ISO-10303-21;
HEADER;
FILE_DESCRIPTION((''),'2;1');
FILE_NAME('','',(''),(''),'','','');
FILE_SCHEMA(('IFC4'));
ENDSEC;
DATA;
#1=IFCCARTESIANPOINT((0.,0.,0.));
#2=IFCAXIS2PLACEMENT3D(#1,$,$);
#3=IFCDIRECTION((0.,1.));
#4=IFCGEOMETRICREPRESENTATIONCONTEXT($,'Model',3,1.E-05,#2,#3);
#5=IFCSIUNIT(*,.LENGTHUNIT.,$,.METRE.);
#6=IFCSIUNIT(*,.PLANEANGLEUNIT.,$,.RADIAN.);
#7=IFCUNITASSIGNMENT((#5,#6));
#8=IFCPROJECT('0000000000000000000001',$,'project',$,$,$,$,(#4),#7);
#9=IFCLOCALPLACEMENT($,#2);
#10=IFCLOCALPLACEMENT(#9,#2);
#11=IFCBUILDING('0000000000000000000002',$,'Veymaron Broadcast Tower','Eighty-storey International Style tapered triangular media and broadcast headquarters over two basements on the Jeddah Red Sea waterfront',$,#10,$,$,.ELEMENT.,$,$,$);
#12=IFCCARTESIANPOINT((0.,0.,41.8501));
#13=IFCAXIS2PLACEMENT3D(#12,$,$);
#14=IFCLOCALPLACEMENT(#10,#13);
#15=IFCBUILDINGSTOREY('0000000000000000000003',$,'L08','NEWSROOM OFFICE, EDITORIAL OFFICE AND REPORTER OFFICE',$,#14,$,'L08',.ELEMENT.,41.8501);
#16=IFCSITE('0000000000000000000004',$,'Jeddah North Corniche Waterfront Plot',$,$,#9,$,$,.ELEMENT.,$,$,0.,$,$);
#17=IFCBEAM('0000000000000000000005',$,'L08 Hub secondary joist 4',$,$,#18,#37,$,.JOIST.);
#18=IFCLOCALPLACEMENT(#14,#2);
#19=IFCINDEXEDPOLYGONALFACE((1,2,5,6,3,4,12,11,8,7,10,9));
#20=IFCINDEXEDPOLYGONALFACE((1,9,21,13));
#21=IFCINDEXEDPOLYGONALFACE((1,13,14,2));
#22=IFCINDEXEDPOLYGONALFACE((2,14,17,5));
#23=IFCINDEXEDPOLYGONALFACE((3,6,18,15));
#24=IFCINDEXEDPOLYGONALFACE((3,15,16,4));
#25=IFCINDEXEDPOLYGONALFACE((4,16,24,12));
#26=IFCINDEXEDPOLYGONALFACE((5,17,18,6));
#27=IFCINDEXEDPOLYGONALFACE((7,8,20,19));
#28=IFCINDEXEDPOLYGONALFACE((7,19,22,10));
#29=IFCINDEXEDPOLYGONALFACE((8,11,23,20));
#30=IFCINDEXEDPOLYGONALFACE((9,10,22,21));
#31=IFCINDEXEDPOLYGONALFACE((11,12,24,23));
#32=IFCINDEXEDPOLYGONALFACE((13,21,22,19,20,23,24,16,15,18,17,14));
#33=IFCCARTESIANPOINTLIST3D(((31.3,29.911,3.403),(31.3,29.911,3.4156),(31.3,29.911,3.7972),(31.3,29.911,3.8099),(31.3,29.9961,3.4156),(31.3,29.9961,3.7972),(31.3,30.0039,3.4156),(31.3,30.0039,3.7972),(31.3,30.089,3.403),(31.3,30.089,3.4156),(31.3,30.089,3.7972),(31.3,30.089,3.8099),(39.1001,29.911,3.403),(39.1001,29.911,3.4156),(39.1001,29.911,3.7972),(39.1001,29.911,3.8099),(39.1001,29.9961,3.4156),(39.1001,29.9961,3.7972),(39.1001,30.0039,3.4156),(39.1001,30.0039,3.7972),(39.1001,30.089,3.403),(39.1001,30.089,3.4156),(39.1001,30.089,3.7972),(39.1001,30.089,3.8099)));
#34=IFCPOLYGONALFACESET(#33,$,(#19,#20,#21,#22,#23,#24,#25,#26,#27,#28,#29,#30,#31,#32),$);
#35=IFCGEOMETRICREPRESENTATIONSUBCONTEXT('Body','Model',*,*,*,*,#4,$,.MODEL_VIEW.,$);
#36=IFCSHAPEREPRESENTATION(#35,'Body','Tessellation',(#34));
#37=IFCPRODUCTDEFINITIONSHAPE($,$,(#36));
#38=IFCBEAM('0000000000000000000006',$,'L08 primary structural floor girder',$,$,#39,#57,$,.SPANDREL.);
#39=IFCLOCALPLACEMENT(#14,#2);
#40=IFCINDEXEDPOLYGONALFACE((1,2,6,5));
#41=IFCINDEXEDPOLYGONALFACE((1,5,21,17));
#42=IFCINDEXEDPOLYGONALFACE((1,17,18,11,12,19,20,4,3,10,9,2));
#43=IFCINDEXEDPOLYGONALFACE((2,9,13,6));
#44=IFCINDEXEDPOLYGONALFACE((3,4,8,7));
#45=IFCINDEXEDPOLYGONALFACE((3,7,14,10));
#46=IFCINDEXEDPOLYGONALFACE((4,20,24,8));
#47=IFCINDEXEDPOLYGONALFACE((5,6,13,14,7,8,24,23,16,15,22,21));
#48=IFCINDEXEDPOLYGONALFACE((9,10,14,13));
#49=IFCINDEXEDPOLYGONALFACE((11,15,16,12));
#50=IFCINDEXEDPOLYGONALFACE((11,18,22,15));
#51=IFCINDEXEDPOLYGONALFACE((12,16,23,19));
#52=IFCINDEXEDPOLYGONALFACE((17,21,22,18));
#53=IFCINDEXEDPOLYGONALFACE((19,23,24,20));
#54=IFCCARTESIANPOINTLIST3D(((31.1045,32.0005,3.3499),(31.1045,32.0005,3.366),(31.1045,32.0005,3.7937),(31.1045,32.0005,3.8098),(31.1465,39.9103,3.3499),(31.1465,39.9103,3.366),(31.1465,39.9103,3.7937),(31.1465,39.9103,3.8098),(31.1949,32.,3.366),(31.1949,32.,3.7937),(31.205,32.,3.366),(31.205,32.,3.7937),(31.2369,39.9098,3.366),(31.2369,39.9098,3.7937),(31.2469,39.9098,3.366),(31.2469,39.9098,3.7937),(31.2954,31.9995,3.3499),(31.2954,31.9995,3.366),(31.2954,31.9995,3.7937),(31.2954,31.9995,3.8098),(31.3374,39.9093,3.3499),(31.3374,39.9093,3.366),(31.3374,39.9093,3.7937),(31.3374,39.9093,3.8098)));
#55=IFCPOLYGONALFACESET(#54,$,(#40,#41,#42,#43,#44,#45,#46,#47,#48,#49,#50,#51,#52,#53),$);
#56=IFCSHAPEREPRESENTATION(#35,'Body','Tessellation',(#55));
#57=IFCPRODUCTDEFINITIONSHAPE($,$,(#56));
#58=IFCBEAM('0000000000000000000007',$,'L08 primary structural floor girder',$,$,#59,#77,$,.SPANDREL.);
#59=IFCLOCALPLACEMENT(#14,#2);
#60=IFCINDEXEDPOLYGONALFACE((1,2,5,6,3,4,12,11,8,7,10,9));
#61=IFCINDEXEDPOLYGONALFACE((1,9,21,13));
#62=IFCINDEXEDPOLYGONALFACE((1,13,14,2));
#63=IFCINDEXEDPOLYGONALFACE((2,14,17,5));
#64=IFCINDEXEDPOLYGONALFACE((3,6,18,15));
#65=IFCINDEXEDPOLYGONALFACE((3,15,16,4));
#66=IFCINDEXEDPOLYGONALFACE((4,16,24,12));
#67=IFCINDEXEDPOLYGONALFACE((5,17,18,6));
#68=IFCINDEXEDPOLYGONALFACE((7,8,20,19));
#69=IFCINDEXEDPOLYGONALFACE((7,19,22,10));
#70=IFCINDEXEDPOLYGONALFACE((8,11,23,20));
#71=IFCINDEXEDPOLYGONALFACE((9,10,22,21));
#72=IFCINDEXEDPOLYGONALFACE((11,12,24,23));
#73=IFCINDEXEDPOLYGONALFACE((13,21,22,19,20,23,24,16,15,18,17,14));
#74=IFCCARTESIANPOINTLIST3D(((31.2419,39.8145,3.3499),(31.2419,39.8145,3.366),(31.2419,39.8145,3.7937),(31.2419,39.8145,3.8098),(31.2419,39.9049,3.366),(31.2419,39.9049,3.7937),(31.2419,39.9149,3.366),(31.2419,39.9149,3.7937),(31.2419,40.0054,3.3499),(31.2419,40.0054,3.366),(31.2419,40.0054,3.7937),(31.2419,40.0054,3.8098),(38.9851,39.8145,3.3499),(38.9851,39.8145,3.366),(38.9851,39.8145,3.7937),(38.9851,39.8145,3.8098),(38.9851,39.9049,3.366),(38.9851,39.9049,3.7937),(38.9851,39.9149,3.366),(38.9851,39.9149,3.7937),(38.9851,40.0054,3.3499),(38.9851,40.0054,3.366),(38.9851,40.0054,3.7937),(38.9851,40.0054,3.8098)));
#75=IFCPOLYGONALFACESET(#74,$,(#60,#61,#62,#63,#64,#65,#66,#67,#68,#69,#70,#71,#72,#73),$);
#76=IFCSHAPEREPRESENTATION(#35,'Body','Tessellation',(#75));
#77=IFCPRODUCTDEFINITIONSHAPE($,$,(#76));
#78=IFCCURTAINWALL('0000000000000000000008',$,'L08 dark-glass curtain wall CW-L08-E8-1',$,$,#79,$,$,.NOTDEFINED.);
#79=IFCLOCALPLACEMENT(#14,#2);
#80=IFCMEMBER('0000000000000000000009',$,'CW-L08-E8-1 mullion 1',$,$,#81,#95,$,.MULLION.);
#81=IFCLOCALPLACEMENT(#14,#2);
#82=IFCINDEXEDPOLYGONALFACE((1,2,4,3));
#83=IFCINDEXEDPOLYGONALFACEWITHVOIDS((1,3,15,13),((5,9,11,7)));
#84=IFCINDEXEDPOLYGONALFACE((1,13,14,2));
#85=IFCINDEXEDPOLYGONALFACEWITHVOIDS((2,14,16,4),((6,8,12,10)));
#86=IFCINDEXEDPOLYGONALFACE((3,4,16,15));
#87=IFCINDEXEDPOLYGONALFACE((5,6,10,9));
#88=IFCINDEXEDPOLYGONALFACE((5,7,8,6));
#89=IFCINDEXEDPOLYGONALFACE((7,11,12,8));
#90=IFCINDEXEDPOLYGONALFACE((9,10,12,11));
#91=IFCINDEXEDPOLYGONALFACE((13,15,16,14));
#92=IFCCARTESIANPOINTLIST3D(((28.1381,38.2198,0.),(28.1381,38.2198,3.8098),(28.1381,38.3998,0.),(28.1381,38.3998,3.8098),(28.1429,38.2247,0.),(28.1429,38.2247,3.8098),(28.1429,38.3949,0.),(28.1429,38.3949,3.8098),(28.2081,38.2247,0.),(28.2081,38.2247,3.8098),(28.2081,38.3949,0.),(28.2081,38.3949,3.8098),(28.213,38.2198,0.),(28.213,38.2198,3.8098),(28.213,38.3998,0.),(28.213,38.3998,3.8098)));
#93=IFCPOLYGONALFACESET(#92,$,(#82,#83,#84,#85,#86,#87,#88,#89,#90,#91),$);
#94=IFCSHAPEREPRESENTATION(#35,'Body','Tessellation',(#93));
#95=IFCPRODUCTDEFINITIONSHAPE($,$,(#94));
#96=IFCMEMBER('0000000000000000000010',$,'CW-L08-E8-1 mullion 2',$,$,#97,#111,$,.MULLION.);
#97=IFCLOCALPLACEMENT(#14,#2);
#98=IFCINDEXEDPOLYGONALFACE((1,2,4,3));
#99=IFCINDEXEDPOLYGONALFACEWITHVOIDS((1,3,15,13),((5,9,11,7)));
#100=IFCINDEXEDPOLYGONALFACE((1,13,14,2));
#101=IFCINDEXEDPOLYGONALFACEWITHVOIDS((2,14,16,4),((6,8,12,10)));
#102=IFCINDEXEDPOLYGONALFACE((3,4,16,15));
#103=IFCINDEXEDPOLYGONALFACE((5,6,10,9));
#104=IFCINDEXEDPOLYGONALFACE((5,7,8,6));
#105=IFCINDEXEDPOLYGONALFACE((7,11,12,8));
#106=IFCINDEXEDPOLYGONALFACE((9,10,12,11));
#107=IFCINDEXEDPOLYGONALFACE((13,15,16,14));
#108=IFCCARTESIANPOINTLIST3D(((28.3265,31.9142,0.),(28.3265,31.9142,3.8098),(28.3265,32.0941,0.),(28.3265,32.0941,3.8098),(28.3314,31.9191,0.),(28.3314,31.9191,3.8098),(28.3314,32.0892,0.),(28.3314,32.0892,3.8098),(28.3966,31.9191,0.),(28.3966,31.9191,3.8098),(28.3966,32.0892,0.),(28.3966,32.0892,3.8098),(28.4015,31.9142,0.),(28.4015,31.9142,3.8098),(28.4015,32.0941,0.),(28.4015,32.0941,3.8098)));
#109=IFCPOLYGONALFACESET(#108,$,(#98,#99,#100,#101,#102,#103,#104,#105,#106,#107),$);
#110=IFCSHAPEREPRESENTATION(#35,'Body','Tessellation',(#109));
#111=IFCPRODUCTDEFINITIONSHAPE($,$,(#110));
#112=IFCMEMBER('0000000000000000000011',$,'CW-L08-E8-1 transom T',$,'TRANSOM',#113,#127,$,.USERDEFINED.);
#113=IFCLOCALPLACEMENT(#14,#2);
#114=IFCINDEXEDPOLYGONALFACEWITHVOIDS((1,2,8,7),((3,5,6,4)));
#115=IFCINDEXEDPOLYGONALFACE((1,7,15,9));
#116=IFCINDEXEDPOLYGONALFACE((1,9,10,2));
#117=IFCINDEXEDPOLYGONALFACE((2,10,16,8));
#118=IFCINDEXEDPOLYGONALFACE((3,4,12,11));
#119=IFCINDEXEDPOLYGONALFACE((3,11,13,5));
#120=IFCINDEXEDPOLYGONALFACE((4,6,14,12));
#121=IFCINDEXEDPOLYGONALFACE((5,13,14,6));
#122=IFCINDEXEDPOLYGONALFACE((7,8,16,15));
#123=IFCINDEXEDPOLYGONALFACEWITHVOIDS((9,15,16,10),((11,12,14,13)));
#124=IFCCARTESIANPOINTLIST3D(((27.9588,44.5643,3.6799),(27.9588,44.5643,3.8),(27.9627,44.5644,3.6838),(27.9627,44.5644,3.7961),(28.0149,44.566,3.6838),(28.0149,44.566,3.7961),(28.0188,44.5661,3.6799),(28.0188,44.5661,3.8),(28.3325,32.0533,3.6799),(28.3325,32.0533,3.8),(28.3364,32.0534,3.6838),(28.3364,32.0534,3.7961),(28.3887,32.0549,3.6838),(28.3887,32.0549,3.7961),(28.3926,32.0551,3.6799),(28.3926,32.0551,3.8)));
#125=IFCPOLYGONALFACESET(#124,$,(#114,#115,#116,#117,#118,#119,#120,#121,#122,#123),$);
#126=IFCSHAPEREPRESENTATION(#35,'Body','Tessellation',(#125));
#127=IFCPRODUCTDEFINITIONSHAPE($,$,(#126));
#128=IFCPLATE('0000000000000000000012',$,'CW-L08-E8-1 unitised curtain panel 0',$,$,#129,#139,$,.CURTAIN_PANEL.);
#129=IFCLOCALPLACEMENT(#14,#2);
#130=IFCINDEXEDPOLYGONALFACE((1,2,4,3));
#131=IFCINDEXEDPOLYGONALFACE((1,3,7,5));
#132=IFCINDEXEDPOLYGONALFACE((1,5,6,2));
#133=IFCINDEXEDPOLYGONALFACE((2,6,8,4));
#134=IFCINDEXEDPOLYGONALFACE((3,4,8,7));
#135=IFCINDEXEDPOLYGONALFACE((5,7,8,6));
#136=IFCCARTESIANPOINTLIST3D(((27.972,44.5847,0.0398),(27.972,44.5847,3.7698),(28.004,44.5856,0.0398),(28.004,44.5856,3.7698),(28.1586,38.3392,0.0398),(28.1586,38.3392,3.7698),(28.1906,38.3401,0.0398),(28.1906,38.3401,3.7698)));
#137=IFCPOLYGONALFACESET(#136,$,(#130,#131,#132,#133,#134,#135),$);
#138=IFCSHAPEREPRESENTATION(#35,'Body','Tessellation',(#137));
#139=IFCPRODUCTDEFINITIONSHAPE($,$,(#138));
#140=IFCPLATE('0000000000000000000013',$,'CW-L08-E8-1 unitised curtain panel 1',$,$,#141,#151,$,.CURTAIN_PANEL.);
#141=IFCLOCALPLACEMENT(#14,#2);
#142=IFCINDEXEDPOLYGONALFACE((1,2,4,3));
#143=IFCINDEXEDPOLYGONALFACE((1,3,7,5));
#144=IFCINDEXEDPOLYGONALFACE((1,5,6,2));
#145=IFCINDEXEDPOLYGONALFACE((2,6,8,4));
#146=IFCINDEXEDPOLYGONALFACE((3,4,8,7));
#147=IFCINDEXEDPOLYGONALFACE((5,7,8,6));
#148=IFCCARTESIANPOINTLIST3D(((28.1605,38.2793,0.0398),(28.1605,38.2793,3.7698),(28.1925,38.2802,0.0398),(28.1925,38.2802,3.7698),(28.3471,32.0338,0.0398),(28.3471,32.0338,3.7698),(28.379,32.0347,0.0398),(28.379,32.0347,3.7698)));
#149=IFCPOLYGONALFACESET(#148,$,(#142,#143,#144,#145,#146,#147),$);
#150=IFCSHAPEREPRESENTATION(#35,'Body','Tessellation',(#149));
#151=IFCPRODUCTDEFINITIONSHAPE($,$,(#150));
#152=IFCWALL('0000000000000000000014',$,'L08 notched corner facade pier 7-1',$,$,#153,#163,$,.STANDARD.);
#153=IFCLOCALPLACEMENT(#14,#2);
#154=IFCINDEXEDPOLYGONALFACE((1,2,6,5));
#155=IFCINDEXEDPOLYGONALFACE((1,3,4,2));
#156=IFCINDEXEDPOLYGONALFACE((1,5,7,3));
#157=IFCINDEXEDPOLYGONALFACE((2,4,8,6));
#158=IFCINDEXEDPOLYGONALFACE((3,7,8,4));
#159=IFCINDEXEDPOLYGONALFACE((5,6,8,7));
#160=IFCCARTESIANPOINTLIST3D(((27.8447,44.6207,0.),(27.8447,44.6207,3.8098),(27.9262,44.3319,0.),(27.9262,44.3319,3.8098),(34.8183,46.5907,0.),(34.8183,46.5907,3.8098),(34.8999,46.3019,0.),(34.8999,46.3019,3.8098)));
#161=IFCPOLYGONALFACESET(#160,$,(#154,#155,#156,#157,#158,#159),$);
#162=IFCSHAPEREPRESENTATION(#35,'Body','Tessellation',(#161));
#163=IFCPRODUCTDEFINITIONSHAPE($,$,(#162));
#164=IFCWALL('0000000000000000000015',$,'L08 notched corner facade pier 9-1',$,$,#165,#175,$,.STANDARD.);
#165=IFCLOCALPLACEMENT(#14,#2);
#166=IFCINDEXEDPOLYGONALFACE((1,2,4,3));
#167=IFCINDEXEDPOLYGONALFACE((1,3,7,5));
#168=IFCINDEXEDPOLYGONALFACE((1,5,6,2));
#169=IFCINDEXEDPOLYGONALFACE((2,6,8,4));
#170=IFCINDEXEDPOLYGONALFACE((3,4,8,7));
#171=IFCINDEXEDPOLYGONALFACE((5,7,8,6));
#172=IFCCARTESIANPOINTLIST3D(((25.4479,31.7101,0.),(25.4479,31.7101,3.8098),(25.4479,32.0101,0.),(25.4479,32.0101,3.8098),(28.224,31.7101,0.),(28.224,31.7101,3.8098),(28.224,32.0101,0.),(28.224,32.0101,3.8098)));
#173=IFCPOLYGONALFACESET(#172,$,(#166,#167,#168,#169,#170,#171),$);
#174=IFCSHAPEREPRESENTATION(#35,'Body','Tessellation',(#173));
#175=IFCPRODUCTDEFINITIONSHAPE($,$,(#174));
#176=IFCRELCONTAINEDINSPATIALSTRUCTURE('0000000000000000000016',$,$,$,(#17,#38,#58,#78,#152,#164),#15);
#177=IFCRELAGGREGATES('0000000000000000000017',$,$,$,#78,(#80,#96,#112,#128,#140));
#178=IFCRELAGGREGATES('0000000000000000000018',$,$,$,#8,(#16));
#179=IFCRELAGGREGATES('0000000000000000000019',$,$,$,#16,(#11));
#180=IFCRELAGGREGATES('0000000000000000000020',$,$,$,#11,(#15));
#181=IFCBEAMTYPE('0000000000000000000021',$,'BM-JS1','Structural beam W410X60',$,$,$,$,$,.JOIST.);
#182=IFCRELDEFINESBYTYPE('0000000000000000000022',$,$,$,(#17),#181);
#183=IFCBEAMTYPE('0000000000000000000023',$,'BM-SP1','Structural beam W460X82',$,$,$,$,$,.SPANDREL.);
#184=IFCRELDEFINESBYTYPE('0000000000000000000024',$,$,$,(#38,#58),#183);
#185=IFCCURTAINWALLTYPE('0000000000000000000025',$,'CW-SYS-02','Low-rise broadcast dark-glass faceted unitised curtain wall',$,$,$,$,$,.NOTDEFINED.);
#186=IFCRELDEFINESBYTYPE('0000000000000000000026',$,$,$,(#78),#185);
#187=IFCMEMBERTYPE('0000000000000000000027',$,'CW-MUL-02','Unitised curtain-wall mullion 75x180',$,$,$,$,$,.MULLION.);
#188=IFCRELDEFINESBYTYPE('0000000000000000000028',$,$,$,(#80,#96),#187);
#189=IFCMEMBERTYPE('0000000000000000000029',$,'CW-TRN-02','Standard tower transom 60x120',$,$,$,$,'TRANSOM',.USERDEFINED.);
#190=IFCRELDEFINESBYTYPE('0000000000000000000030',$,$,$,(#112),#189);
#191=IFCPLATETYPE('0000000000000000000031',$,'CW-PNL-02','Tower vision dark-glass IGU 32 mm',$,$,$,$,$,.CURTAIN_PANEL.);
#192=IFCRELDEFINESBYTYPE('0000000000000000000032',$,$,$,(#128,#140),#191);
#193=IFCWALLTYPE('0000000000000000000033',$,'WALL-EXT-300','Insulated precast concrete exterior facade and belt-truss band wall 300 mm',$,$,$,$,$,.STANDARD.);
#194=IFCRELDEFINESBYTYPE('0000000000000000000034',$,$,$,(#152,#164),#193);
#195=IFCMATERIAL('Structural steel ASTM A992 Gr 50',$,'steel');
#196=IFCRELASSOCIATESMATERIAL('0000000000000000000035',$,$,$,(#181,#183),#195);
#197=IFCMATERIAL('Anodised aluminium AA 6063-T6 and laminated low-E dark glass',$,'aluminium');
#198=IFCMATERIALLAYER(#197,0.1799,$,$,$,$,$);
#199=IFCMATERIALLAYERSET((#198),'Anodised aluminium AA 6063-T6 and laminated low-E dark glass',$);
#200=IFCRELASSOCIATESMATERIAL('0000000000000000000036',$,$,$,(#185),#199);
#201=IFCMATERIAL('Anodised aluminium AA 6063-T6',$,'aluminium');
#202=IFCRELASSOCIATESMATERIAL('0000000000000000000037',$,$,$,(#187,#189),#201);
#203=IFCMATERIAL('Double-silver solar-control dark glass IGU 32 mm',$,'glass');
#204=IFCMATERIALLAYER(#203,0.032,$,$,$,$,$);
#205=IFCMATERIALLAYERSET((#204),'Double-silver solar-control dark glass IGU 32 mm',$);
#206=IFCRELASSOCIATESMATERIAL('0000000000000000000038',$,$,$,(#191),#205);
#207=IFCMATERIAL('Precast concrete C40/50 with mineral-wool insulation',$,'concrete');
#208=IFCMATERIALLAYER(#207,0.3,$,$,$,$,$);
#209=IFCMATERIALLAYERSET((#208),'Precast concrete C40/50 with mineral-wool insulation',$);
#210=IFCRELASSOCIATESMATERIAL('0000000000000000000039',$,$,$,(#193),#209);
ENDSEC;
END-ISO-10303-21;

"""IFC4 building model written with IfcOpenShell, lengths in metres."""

from ifc_helpers import new_model, si_unit, direction, frame, frame_2d, origin, origin_2d, place, context, subcontext, project, spatial, rectangle, hollow_rectangle, i_section, extrude, material, layer, layer_set, material_profile, profile_set, type_object, element, aggregate, save


model = new_model("IFC4")

# Units and contexts
model_context = context("Model", 3, precision=1e-05, world=origin(), true_north=direction((0.0, 1.0)))
body_context = subcontext(model_context, "Body", "Model", "MODEL_VIEW")
ifc_project = project(units=[si_unit("LENGTHUNIT", "METRE"), si_unit("PLANEANGLEUNIT", "RADIAN")], contexts=[model_context])

# Site, building, storey
site_placement = place(None, origin())
site = spatial("IfcSite", under=ifc_project, at=site_placement, Name="Jeddah North Corniche Waterfront Plot", CompositionType="ELEMENT", RefElevation=0.0)
building_placement = place(site_placement, origin())
building = spatial("IfcBuilding", under=site, at=building_placement, Name="Veymaron Broadcast Tower", Description="Eighty-storey International Style tapered triangular media and broadcast headquarters over two basements on the Jeddah Red Sea waterfront", CompositionType="ELEMENT")
storey_placement = place(building_placement, frame((0.0, 0.0, 41.8501)))
storey = spatial("IfcBuildingStorey", under=building, at=storey_placement, Name="L08", Description="NEWSROOM OFFICE, EDITORIAL OFFICE AND REPORTER OFFICE", LongName="L08", CompositionType="ELEMENT", Elevation=41.8501)

# Beams
ifc_material_1 = material(Name="Structural steel ASTM A992 Gr 50", Category="steel")
ifc_material_profile_1 = material_profile(ifc_material_1, i_section(OverallWidth=0.178, OverallDepth=0.407, WebThickness=0.0078, FlangeThickness=0.0127, at=origin_2d()), Name="W410X60")
ifc_profile_set_1 = profile_set([ifc_material_profile_1], Name="Structural steel ASTM A992 Gr 50")
beam_type_1 = type_object("IfcBeamType", Name="BM-JS1", Description="Structural beam W410X60", PredefinedType="JOIST", material=ifc_profile_set_1)
for number, where, z_axis, x_axis, name in (
    (1, (31.3, 30.0, 3.6064), (1.0, 0.0, 0.0), (0.0, 1.0, 0.0), "L08 Hub secondary joist 4"),
):
    element("IfcBeam", number, at=place(storey_placement, frame(where, z_axis=z_axis, x_axis=x_axis)), inside=storey, type_object=beam_type_1, Name=name, PredefinedType="JOIST", context=body_context, shape_type="SweptSolid", body=[
        extrude(i_section(OverallWidth=0.178, OverallDepth=0.407, WebThickness=0.0078, FlangeThickness=0.0127, at=origin_2d()), origin(), (0.0, 0.0, 1.0), 7.8),
    ])
ifc_material_profile_2 = material_profile(ifc_material_1, i_section(OverallWidth=0.1909, OverallDepth=0.46, WebThickness=0.01, FlangeThickness=0.0161, at=origin_2d()), Name="W460X82")
ifc_profile_set_2 = profile_set([ifc_material_profile_2], Name="Structural steel ASTM A992 Gr 50")
beam_type_2 = type_object("IfcBeamType", Name="BM-SP1", Description="Structural beam W460X82", PredefinedType="SPANDREL", material=ifc_profile_set_2)
beam_1_placement = place(storey_placement, frame((31.2, 32.0, 3.5798), z_axis=(0.005309, 0.999986, 0.0), x_axis=(-0.999986, 0.005309, 0.0)))
element("IfcBeam", 2, at=beam_1_placement, inside=storey, type_object=beam_type_2, Name="L08 primary structural floor girder", PredefinedType="SPANDREL", context=body_context, shape_type="SweptSolid", body=[
    extrude(i_section(OverallWidth=0.1909, OverallDepth=0.46, WebThickness=0.01, FlangeThickness=0.0161, at=origin_2d()), origin(), (0.0, 0.0, 1.0), 7.9099),
])
beam_2_placement = place(storey_placement, frame((31.2419, 39.9099, 3.5798), z_axis=(1.0, 0.0, 0.0), x_axis=(0.0, 1.0, 0.0)))
element("IfcBeam", 3, at=beam_2_placement, inside=storey, type_object=beam_type_2, Name="L08 primary structural floor girder", PredefinedType="SPANDREL", context=body_context, shape_type="SweptSolid", body=[
    extrude(i_section(OverallWidth=0.1909, OverallDepth=0.46, WebThickness=0.01, FlangeThickness=0.0161, at=origin_2d()), origin(), (0.0, 0.0, 1.0), 7.7432),
])

# Curtain wall, members, plates
ifc_material_2 = material(Name="Anodised aluminium AA 6063-T6 and laminated low-E dark glass", Category="aluminium")
ifc_layer_1 = layer(ifc_material_2, 0.1799)
ifc_layer_set_1 = layer_set([ifc_layer_1], Name="Anodised aluminium AA 6063-T6 and laminated low-E dark glass")
curtain_wall_type = type_object("IfcCurtainWallType", Name="CW-SYS-02", Description="Low-rise broadcast dark-glass faceted unitised curtain wall", PredefinedType="NOTDEFINED", material=ifc_layer_set_1)
curtain_wall_placement = place(storey_placement, origin())
curtain_wall = element("IfcCurtainWall", 4, at=curtain_wall_placement, inside=storey, type_object=curtain_wall_type, Name="L08 dark-glass curtain wall CW-L08-E8-1", PredefinedType="NOTDEFINED")
ifc_material_3 = material(Name="Anodised aluminium AA 6063-T6", Category="aluminium")
ifc_material_profile_3 = material_profile(ifc_material_3, hollow_rectangle(XDim=0.075, YDim=0.1799, WallThickness=0.0049, at=origin_2d()), Name="AL180X75X5")
ifc_profile_set_3 = profile_set([ifc_material_profile_3], Name="Anodised aluminium AA 6063-T6")
member_type_1 = type_object("IfcMemberType", Name="CW-MUL-02", Description="Unitised curtain-wall mullion 75x180", PredefinedType="MULLION", material=ifc_profile_set_3)
member_1_placement = place(storey_placement, frame((28.1755, 38.3098, 0.0), z_axis=(0.0, 0.0, 1.0), x_axis=(1.0, 0.0, 0.0)))
member_1 = element("IfcMember", 5, at=member_1_placement, type_object=member_type_1, Name="CW-L08-E8-1 mullion 1", PredefinedType="MULLION", context=body_context, shape_type="SweptSolid", body=[
    extrude(hollow_rectangle(XDim=0.075, YDim=0.1799, WallThickness=0.0049, at=origin_2d()), origin(), (0.0, 0.0, 1.0), 3.8098),
])
member_2_placement = place(storey_placement, frame((28.364, 32.0042, 0.0), z_axis=(0.0, 0.0, 1.0), x_axis=(1.0, 0.0, 0.0)))
member_2 = element("IfcMember", 6, at=member_2_placement, type_object=member_type_1, Name="CW-L08-E8-1 mullion 2", PredefinedType="MULLION", context=body_context, shape_type="SweptSolid", body=[
    extrude(hollow_rectangle(XDim=0.075, YDim=0.1799, WallThickness=0.0049, at=origin_2d()), origin(), (0.0, 0.0, 1.0), 3.8098),
])
ifc_material_profile_4 = material_profile(ifc_material_3, hollow_rectangle(XDim=0.0601, YDim=0.1201, WallThickness=0.0039, at=origin_2d()), Name="AL120X60X4")
ifc_profile_set_4 = profile_set([ifc_material_profile_4], Name="Anodised aluminium AA 6063-T6")
member_type_2 = type_object("IfcMemberType", Name="CW-TRN-02", Description="Standard tower transom 60x120", ElementType="TRANSOM", PredefinedType="USERDEFINED", material=ifc_profile_set_4)
member_3_placement = place(storey_placement, frame((27.9888, 44.5652, 3.74), z_axis=(0.029863, -0.999554, 0.0), x_axis=(0.999554, 0.029863, 0.0)))
member_3 = element("IfcMember", 7, at=member_3_placement, type_object=member_type_2, Name="CW-L08-E8-1 transom T", ObjectType="TRANSOM", PredefinedType="USERDEFINED", context=body_context, shape_type="SweptSolid", body=[
    extrude(hollow_rectangle(XDim=0.0601, YDim=0.1201, WallThickness=0.0039, at=origin_2d()), origin(), (0.0, 0.0, 1.0), 12.5166),
])
ifc_material_4 = material(Name="Double-silver solar-control dark glass IGU 32 mm", Category="glass")
ifc_layer_2 = layer(ifc_material_4, 0.032)
ifc_layer_set_2 = layer_set([ifc_layer_2], Name="Double-silver solar-control dark glass IGU 32 mm")
plate_type = type_object("IfcPlateType", Name="CW-PNL-02", Description="Tower vision dark-glass IGU 32 mm", PredefinedType="CURTAIN_PANEL", material=ifc_layer_set_2)
plate_1_placement = place(storey_placement, frame((28.0813, 41.4624, 0.0398), z_axis=(0.0, 0.0, 1.0), x_axis=(0.029858, -0.999554, 0.0)))
plate_1 = element("IfcPlate", 8, at=plate_1_placement, type_object=plate_type, Name="CW-L08-E8-1 unitised curtain panel 0", PredefinedType="CURTAIN_PANEL", context=body_context, shape_type="SweptSolid", body=[
    extrude(rectangle(XDim=6.2483, YDim=0.032, at=origin_2d()), origin(), (0.0, 0.0, 1.0), 3.73),
])
plate_2_placement = place(storey_placement, frame((28.2698, 35.157, 0.0398), z_axis=(0.0, 0.0, 1.0), x_axis=(0.029858, -0.999554, 0.0)))
plate_2 = element("IfcPlate", 9, at=plate_2_placement, type_object=plate_type, Name="CW-L08-E8-1 unitised curtain panel 1", PredefinedType="CURTAIN_PANEL", context=body_context, shape_type="SweptSolid", body=[
    extrude(rectangle(XDim=6.2483, YDim=0.032, at=origin_2d()), origin(), (0.0, 0.0, 1.0), 3.73),
])
aggregate(curtain_wall, [member_1, member_2, member_3, plate_1, plate_2])

# Walls
ifc_material_5 = material(Name="Precast concrete C40/50 with mineral-wool insulation", Category="concrete")
ifc_layer_3 = layer(ifc_material_5, 0.3)
ifc_layer_set_3 = layer_set([ifc_layer_3], Name="Precast concrete C40/50 with mineral-wool insulation")
wall_type_1 = type_object("IfcWallType", Name="WALL-EXT-300", Description="Insulated precast concrete exterior facade and belt-truss band wall 300 mm", PredefinedType="STANDARD", material=ifc_layer_set_3)
wall_1_placement = place(storey_placement, frame((34.8591, 46.4463, 0.0), z_axis=(0.0, 0.0, 1.0), x_axis=(-0.96234, -0.27185, 0.0)))
element("IfcWall", 10, at=wall_1_placement, inside=storey, type_object=wall_type_1, Name="L08 notched corner facade pier 7-1", PredefinedType="STANDARD", context=body_context, shape_type="SweptSolid", body=[
    extrude(rectangle(XDim=7.2466, YDim=0.3, at=frame_2d((3.6233, 0.0))), origin(), (0.0, 0.0, 1.0), 3.8098),
])
wall_2_placement = place(storey_placement, frame((28.2241, 31.8601, 0.0), z_axis=(0.0, 0.0, 1.0), x_axis=(-1.0, 0.0, 0.0)))
element("IfcWall", 11, at=wall_2_placement, inside=storey, type_object=wall_type_1, Name="L08 notched corner facade pier 9-1", PredefinedType="STANDARD", context=body_context, shape_type="SweptSolid", body=[
    extrude(rectangle(XDim=2.7761, YDim=0.3, at=frame_2d((1.3882, 0.0))), origin(), (0.0, 0.0, 1.0), 3.8098),
])

save(model, "model.ifc")
